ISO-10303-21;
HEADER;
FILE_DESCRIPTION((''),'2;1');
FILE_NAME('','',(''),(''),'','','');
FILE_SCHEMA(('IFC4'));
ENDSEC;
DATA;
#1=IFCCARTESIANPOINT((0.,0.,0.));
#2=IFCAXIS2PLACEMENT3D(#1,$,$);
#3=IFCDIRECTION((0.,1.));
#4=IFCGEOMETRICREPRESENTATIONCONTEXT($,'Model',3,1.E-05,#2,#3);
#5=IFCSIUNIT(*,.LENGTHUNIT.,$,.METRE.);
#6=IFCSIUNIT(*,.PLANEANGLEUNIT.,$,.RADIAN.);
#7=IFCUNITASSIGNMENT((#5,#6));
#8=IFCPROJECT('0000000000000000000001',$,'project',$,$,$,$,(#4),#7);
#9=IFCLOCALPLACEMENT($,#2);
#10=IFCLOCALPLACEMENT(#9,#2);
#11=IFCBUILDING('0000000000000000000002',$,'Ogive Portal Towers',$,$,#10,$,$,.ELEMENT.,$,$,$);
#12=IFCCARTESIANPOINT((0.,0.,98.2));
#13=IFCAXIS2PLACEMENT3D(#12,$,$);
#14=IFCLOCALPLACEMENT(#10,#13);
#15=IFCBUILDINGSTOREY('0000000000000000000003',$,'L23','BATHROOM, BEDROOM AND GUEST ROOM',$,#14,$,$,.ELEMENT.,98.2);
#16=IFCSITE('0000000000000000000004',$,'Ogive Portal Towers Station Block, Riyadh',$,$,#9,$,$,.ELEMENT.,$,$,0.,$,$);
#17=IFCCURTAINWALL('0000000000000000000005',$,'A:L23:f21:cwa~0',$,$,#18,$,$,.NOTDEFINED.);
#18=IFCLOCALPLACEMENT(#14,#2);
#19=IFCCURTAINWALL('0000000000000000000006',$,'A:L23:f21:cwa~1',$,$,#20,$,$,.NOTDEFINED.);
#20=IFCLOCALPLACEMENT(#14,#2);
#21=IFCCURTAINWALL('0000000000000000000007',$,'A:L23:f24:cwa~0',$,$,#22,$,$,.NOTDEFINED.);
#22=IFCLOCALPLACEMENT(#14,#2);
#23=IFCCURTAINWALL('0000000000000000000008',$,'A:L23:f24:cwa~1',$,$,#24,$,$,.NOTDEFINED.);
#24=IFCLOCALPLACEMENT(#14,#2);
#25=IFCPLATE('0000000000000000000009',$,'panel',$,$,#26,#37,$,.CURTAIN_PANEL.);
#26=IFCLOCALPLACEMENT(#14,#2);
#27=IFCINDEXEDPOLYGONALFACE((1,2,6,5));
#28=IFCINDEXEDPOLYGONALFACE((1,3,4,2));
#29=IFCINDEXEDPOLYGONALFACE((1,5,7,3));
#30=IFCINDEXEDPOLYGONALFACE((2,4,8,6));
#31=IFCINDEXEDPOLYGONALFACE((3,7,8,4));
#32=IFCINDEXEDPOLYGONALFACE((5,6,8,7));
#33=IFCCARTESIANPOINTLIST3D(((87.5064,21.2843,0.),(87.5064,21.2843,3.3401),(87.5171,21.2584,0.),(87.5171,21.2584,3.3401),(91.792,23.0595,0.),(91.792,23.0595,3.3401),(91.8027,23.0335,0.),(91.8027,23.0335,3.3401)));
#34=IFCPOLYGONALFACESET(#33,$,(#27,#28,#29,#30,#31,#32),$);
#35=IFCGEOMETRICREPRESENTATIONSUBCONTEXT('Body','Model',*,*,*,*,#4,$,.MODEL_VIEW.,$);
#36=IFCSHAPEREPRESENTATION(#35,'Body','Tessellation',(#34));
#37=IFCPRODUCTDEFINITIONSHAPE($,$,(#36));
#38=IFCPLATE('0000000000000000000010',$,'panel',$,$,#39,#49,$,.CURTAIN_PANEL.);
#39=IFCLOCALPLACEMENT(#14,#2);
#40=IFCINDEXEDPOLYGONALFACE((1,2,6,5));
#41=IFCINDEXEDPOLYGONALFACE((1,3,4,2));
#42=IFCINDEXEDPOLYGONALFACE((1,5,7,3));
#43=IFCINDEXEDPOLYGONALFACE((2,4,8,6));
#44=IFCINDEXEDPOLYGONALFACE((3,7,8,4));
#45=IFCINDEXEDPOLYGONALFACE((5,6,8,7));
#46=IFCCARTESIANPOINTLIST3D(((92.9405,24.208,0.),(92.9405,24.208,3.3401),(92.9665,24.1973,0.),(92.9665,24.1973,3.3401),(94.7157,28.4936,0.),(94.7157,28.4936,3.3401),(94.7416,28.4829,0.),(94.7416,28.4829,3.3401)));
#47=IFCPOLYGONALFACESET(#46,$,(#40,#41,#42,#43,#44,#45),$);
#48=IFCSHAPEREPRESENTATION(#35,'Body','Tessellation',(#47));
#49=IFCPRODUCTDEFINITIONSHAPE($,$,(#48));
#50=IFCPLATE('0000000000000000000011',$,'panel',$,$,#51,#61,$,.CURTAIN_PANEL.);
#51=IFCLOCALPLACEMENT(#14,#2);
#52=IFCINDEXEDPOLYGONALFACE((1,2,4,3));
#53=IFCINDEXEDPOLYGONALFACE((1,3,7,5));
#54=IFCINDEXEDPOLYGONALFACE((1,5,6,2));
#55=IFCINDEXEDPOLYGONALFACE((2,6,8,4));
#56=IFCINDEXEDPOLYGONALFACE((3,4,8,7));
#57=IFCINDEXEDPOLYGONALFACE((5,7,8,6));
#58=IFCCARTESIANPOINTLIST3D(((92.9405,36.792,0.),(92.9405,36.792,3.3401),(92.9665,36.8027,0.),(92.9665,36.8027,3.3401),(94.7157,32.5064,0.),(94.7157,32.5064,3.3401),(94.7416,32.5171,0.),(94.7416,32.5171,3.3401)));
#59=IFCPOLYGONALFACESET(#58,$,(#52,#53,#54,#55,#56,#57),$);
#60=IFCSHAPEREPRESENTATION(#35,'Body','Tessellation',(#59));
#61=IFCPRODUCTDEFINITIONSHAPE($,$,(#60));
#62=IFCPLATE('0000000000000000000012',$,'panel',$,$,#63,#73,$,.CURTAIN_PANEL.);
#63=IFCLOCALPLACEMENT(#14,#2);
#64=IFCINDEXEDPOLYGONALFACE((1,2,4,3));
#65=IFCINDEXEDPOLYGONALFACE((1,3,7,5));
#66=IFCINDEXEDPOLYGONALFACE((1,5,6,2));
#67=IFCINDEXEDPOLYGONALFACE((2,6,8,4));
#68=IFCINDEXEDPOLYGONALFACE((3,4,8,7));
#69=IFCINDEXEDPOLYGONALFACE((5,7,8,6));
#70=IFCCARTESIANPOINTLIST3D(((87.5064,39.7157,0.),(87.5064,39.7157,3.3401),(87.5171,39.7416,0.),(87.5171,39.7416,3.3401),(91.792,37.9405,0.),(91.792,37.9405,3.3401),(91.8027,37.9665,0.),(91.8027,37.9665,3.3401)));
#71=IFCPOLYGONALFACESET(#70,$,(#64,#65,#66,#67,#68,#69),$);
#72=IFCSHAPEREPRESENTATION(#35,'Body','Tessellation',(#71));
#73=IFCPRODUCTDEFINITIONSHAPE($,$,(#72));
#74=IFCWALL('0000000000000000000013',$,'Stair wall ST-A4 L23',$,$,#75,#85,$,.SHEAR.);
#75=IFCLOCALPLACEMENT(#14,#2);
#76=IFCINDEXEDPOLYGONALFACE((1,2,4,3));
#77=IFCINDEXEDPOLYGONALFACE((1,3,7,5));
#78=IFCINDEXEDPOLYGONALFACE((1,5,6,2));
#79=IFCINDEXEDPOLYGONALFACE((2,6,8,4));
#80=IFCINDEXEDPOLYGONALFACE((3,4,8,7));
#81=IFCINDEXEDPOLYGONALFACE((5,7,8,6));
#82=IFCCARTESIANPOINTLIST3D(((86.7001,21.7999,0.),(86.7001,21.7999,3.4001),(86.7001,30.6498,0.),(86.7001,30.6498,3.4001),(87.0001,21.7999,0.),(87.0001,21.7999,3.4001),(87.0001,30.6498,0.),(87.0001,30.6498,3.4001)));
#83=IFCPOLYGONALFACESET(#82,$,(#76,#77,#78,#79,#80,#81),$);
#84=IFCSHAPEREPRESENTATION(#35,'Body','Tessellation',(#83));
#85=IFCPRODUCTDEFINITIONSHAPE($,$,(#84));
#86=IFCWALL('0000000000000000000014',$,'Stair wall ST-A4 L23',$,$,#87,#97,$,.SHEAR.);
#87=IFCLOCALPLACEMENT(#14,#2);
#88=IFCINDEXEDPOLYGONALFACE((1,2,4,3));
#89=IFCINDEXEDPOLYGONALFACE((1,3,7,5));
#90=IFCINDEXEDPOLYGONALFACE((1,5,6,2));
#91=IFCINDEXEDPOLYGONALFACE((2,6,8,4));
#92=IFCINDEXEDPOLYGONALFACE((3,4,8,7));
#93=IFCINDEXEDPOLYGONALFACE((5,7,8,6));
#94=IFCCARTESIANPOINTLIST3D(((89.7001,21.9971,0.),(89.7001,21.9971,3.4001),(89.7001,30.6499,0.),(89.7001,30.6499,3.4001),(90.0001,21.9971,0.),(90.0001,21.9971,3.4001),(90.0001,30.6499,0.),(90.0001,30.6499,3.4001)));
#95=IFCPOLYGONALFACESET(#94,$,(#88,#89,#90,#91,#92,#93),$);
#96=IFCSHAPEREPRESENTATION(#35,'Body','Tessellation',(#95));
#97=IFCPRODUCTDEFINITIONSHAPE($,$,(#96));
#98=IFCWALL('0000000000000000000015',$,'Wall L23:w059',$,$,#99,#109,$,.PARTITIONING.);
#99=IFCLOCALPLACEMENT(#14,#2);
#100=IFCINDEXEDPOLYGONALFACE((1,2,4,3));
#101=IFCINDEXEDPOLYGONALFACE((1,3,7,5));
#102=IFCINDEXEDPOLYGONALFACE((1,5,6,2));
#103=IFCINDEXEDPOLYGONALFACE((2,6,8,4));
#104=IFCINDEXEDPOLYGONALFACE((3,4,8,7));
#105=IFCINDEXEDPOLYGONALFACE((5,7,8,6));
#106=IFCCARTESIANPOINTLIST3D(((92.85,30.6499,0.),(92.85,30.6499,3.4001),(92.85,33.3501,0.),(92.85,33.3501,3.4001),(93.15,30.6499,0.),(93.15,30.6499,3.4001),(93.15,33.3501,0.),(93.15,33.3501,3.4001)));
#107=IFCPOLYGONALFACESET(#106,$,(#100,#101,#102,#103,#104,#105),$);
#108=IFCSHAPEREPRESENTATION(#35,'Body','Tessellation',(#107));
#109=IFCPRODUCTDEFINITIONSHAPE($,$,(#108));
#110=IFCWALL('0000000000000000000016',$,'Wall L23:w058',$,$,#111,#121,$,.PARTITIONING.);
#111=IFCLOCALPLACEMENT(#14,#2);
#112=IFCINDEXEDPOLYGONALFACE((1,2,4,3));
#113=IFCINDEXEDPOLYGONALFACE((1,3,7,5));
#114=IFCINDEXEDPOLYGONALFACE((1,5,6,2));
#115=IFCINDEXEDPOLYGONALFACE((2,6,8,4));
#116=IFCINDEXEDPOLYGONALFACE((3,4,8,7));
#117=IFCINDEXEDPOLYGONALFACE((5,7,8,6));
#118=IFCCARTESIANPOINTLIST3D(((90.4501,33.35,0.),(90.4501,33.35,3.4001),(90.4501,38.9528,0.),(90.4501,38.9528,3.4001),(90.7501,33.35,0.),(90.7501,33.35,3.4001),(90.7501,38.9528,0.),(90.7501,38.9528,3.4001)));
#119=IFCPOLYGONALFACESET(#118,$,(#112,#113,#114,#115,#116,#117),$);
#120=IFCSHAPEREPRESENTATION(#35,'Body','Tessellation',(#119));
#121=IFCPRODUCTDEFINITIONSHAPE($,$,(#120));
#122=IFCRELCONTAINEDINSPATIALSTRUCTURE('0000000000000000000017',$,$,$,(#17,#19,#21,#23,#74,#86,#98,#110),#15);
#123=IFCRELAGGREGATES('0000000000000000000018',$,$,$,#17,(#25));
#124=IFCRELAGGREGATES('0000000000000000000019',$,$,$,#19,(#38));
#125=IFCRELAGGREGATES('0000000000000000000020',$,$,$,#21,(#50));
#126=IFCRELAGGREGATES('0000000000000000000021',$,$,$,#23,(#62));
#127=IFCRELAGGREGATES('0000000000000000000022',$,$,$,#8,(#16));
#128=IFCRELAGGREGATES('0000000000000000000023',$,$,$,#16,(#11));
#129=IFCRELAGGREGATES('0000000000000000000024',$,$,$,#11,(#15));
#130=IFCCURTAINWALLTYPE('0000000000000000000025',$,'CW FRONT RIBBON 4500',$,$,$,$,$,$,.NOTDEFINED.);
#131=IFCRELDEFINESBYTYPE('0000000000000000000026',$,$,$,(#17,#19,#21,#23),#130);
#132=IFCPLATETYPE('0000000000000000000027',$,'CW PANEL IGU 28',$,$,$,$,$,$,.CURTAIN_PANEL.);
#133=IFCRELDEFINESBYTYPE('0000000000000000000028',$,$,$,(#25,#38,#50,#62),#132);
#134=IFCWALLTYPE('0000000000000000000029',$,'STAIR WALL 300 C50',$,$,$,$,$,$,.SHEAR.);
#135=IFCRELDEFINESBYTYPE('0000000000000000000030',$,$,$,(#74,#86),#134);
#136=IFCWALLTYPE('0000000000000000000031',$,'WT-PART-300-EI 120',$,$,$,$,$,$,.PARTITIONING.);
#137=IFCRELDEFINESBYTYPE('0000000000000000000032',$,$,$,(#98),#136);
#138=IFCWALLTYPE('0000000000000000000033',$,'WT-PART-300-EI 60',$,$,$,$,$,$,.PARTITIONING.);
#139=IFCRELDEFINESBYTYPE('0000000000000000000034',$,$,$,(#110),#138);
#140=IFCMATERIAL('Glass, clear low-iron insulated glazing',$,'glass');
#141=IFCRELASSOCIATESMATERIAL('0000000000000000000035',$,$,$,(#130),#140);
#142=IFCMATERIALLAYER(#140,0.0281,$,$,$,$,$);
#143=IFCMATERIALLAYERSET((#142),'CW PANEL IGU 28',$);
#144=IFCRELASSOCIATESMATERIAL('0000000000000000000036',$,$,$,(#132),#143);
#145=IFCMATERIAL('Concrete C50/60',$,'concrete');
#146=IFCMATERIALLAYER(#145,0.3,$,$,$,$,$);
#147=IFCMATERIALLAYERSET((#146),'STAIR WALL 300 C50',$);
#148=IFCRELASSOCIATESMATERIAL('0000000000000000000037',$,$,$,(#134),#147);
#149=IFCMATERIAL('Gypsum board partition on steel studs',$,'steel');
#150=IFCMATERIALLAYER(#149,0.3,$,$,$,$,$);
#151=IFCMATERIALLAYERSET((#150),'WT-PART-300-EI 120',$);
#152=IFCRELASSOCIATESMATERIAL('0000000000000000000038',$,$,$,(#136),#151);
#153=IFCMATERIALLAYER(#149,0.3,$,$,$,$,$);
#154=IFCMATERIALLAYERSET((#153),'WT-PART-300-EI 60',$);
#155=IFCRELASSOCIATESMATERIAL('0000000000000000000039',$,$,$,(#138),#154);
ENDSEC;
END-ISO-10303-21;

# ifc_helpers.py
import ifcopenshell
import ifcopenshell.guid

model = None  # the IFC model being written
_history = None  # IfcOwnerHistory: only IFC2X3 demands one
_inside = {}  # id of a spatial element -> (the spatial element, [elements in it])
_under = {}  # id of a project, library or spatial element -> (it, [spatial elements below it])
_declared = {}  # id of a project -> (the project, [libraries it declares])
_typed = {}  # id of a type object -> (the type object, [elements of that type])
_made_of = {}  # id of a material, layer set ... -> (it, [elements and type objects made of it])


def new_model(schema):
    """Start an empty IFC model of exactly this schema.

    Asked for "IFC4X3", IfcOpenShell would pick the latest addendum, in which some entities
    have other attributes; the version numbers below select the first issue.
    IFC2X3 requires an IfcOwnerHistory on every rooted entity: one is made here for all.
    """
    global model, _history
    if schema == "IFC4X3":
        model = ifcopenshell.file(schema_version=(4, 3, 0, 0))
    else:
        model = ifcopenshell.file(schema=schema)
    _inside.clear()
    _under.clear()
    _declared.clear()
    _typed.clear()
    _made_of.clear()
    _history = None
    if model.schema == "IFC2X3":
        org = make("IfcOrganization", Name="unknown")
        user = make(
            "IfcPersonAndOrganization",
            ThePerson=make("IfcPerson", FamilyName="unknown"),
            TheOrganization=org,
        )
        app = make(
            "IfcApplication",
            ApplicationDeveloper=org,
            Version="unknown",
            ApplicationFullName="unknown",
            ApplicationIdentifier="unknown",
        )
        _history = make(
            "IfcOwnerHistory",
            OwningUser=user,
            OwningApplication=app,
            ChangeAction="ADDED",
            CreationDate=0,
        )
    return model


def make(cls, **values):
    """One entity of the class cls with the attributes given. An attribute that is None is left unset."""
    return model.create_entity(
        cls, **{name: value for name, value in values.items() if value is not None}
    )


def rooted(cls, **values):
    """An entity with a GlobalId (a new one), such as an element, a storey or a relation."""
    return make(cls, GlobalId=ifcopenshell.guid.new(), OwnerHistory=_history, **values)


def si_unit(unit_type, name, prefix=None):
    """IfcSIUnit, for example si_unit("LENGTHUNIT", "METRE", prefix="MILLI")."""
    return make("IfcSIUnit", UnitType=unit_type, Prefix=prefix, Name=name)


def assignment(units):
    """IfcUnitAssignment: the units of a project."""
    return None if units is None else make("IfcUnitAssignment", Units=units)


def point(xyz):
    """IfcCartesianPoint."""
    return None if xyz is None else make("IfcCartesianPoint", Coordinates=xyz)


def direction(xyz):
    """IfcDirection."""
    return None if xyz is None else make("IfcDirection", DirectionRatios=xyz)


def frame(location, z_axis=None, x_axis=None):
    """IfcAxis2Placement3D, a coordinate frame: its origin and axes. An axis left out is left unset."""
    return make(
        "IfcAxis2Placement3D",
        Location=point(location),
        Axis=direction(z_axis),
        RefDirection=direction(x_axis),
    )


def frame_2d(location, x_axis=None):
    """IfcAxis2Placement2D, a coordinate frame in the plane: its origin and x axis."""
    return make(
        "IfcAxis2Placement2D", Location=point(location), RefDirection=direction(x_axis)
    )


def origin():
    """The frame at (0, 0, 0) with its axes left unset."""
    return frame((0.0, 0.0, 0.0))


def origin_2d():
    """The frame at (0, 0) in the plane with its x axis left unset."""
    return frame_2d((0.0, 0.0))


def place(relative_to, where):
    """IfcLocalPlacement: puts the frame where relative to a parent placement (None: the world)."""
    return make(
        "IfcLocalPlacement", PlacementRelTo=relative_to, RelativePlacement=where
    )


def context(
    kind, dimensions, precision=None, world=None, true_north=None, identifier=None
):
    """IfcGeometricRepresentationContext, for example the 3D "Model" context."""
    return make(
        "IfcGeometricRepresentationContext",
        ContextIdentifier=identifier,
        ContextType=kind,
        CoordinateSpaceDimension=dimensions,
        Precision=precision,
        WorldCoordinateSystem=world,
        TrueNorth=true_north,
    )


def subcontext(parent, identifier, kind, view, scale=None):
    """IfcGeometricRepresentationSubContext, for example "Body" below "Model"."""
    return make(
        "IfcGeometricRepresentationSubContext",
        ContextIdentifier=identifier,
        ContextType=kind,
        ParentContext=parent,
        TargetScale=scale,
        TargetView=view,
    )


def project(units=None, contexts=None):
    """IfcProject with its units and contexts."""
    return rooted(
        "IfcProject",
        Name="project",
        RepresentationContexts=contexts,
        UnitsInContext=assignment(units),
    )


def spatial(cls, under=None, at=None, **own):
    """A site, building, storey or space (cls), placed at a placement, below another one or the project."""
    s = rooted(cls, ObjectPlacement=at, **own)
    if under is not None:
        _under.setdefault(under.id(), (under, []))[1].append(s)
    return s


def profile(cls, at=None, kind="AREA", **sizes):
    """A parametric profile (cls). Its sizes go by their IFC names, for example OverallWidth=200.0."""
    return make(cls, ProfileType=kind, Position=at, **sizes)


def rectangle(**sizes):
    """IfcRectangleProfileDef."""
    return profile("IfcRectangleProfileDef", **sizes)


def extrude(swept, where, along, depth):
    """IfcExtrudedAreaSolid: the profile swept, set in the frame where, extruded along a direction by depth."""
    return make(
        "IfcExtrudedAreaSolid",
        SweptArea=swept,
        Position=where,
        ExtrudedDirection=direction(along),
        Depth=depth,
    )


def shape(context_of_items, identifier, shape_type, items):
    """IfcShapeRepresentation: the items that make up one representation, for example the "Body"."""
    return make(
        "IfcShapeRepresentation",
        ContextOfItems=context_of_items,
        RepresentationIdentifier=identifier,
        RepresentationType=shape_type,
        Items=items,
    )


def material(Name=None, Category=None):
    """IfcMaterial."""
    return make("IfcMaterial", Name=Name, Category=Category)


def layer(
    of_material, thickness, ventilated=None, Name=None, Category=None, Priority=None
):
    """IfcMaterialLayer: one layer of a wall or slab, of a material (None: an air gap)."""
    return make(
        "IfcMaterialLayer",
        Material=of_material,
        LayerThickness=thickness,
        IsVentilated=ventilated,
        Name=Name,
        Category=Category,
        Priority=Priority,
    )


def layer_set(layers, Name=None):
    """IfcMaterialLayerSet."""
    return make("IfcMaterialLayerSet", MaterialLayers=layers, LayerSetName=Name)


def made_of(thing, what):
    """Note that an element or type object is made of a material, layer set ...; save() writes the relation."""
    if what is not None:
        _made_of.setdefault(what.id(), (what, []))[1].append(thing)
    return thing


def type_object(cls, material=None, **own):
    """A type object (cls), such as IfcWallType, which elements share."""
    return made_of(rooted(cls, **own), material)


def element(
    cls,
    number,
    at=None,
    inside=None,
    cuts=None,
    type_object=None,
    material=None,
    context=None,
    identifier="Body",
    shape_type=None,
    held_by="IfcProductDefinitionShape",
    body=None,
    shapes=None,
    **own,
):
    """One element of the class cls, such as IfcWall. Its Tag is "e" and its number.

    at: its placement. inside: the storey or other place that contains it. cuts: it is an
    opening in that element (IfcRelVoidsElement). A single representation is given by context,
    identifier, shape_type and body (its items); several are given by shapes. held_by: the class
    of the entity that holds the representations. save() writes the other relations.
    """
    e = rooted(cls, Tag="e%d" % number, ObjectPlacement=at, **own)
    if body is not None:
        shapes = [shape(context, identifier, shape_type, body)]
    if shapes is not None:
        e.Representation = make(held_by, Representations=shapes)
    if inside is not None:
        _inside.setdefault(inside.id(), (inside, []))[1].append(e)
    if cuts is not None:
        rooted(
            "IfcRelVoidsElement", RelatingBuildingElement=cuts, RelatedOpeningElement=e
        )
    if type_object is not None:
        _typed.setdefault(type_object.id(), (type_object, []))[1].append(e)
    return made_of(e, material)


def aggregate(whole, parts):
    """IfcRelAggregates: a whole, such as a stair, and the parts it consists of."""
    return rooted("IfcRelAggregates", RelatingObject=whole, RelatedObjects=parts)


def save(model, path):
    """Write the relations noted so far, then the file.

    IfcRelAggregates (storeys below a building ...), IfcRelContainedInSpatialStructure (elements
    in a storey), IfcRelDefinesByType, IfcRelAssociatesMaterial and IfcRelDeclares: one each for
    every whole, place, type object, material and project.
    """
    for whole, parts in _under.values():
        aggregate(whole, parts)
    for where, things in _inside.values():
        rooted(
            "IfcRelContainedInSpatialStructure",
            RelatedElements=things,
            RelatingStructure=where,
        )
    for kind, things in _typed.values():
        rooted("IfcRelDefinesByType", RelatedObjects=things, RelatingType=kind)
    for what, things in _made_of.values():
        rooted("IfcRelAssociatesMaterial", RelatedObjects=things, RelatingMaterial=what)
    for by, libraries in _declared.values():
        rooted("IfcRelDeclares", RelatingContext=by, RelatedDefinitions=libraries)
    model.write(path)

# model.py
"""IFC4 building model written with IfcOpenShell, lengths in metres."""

from ifc_helpers import new_model, si_unit, direction, frame, frame_2d, origin, origin_2d, place, context, subcontext, project, spatial, rectangle, extrude, material, layer, layer_set, type_object, element, aggregate, save


model = new_model("IFC4")

# Units and contexts
model_context = context("Model", 3, precision=1e-05, world=origin(), true_north=direction((0.0, 1.0)))
body_context = subcontext(model_context, "Body", "Model", "MODEL_VIEW")
ifc_project = project(units=[si_unit("LENGTHUNIT", "METRE"), si_unit("PLANEANGLEUNIT", "RADIAN")], contexts=[model_context])

# Site, building, storey
site_placement = place(None, origin())
site = spatial("IfcSite", under=ifc_project, at=site_placement, Name="Ogive Portal Towers Station Block, Riyadh", CompositionType="ELEMENT", RefElevation=0.0)
building_placement = place(site_placement, origin())
building = spatial("IfcBuilding", under=site, at=building_placement, Name="Ogive Portal Towers", CompositionType="ELEMENT")
storey_placement = place(building_placement, frame((0.0, 0.0, 98.2)))
storey = spatial("IfcBuildingStorey", under=building, at=storey_placement, Name="L23", Description="BATHROOM, BEDROOM AND GUEST ROOM", CompositionType="ELEMENT", Elevation=98.2)

# Shared definitions
ifc_material_1 = material(Name="Glass, clear low-iron insulated glazing", Category="glass")
curtain_wall_type = type_object("IfcCurtainWallType", Name="CW FRONT RIBBON 4500", PredefinedType="NOTDEFINED", material=ifc_material_1)

# Curtain wall
curtain_wall_1_placement = place(storey_placement, origin())
curtain_wall_1 = element("IfcCurtainWall", 1, at=curtain_wall_1_placement, inside=storey, type_object=curtain_wall_type, Name="A:L23:f21:cwa~0", PredefinedType="NOTDEFINED")

# Curtain walls
curtain_wall_2_placement = place(storey_placement, origin())
curtain_wall_2 = element("IfcCurtainWall", 2, at=curtain_wall_2_placement, inside=storey, type_object=curtain_wall_type, Name="A:L23:f21:cwa~1", PredefinedType="NOTDEFINED")
curtain_wall_3_placement = place(storey_placement, origin())
curtain_wall_3 = element("IfcCurtainWall", 3, at=curtain_wall_3_placement, inside=storey, type_object=curtain_wall_type, Name="A:L23:f24:cwa~0", PredefinedType="NOTDEFINED")
curtain_wall_4_placement = place(storey_placement, origin())
curtain_wall_4 = element("IfcCurtainWall", 4, at=curtain_wall_4_placement, inside=storey, type_object=curtain_wall_type, Name="A:L23:f24:cwa~1", PredefinedType="NOTDEFINED")

# Plates
ifc_layer_1 = layer(ifc_material_1, 0.0281)
ifc_layer_set_1 = layer_set([ifc_layer_1], Name="CW PANEL IGU 28")
plate_type = type_object("IfcPlateType", Name="CW PANEL IGU 28", PredefinedType="CURTAIN_PANEL", material=ifc_layer_set_1)
plate_1_placement = place(storey_placement, frame((89.6545, 22.1589, 0.0), z_axis=(0.0, 0.0, 1.0), x_axis=(0.92388, 0.382683, 0.0)))
plate_1 = element("IfcPlate", 5, at=plate_1_placement, type_object=plate_type, Name="panel", PredefinedType="CURTAIN_PANEL", context=body_context, shape_type="SweptSolid", body=[
    extrude(rectangle(XDim=4.6387, YDim=0.0281, at=origin_2d()), origin(), (0.0, 0.0, 1.0), 3.3401),
])
aggregate(curtain_wall_1, [plate_1])
plate_2_placement = place(storey_placement, frame((93.8411, 26.3455, 0.0), z_axis=(0.0, 0.0, 1.0), x_axis=(0.382683, 0.92388, 0.0)))
plate_2 = element("IfcPlate", 6, at=plate_2_placement, type_object=plate_type, Name="panel", PredefinedType="CURTAIN_PANEL", context=body_context, shape_type="SweptSolid", body=[
    extrude(rectangle(XDim=4.6387, YDim=0.0281, at=origin_2d()), origin(), (0.0, 0.0, 1.0), 3.3401),
])
aggregate(curtain_wall_2, [plate_2])
plate_3_placement = place(storey_placement, frame((93.8411, 34.6545, 0.0), z_axis=(0.0, 0.0, 1.0), x_axis=(-0.382683, 0.92388, 0.0)))
plate_3 = element("IfcPlate", 7, at=plate_3_placement, type_object=plate_type, Name="panel", PredefinedType="CURTAIN_PANEL", context=body_context, shape_type="SweptSolid", body=[
    extrude(rectangle(XDim=4.6387, YDim=0.0281, at=origin_2d()), origin(), (0.0, 0.0, 1.0), 3.3401),
])
aggregate(curtain_wall_3, [plate_3])
plate_4_placement = place(storey_placement, frame((89.6545, 38.8411, 0.0), z_axis=(0.0, 0.0, 1.0), x_axis=(-0.92388, 0.382683, 0.0)))
plate_4 = element("IfcPlate", 8, at=plate_4_placement, type_object=plate_type, Name="panel", PredefinedType="CURTAIN_PANEL", context=body_context, shape_type="SweptSolid", body=[
    extrude(rectangle(XDim=4.6387, YDim=0.0281, at=origin_2d()), origin(), (0.0, 0.0, 1.0), 3.3401),
])
aggregate(curtain_wall_4, [plate_4])

# Walls
ifc_material_2 = material(Name="Concrete C50/60", Category="concrete")
ifc_layer_2 = layer(ifc_material_2, 0.3)
ifc_layer_set_2 = layer_set([ifc_layer_2], Name="STAIR WALL 300 C50")
wall_type_1 = type_object("IfcWallType", Name="STAIR WALL 300 C50", PredefinedType="SHEAR", material=ifc_layer_set_2)
wall_1_placement = place(storey_placement, frame((86.8501, 21.8, 0.0), z_axis=(0.0, 0.0, 1.0), x_axis=(0.0, 1.0, 0.0)))
element("IfcWall", 9, at=wall_1_placement, inside=storey, type_object=wall_type_1, Name="Stair wall ST-A4 L23", PredefinedType="SHEAR", context=body_context, shape_type="SweptSolid", body=[
    extrude(rectangle(XDim=8.8499, YDim=0.3, at=frame_2d((4.4248, 0.0))), origin(), (0.0, 0.0, 1.0), 3.4001),
])
wall_2_placement = place(storey_placement, frame((89.8501, 21.9971, 0.0), z_axis=(0.0, 0.0, 1.0), x_axis=(0.0, 1.0, 0.0)))
element("IfcWall", 10, at=wall_2_placement, inside=storey, type_object=wall_type_1, Name="Stair wall ST-A4 L23", PredefinedType="SHEAR", context=body_context, shape_type="SweptSolid", body=[
    extrude(rectangle(XDim=8.6528, YDim=0.3, at=frame_2d((4.3264, 0.0))), origin(), (0.0, 0.0, 1.0), 3.4001),
])
ifc_material_3 = material(Name="Gypsum board partition on steel studs", Category="steel")
ifc_layer_3 = layer(ifc_material_3, 0.3)
ifc_layer_set_3 = layer_set([ifc_layer_3], Name="WT-PART-300-EI 120")
wall_type_2 = type_object("IfcWallType", Name="WT-PART-300-EI 120", PredefinedType="PARTITIONING", material=ifc_layer_set_3)
wall_3_placement = place(storey_placement, frame((93.0, 30.6499, 0.0), z_axis=(0.0, 0.0, 1.0), x_axis=(0.0, 1.0, 0.0)))
element("IfcWall", 11, at=wall_3_placement, inside=storey, type_object=wall_type_2, Name="Wall L23:w059", PredefinedType="PARTITIONING", context=body_context, shape_type="SweptSolid", body=[
    extrude(rectangle(XDim=2.7002, YDim=0.3, at=frame_2d((1.3501, 0.0))), origin(), (0.0, 0.0, 1.0), 3.4001),
])
ifc_layer_4 = layer(ifc_material_3, 0.3)
ifc_layer_set_4 = layer_set([ifc_layer_4], Name="WT-PART-300-EI 60")
wall_type_3 = type_object("IfcWallType", Name="WT-PART-300-EI 60", PredefinedType="PARTITIONING", material=ifc_layer_set_4)
wall_4_placement = place(storey_placement, frame((90.6001, 33.3501, 0.0), z_axis=(0.0, 0.0, 1.0), x_axis=(0.0, 1.0, 0.0)))
element("IfcWall", 12, at=wall_4_placement, inside=storey, type_object=wall_type_3, Name="Wall L23:w058", PredefinedType="PARTITIONING", context=body_context, shape_type="SweptSolid", body=[
    extrude(rectangle(XDim=5.6028, YDim=0.3, at=frame_2d((2.8013, 0.0))), origin(), (0.0, 0.0, 1.0), 3.4001),
])

save(model, "model.ifc")
